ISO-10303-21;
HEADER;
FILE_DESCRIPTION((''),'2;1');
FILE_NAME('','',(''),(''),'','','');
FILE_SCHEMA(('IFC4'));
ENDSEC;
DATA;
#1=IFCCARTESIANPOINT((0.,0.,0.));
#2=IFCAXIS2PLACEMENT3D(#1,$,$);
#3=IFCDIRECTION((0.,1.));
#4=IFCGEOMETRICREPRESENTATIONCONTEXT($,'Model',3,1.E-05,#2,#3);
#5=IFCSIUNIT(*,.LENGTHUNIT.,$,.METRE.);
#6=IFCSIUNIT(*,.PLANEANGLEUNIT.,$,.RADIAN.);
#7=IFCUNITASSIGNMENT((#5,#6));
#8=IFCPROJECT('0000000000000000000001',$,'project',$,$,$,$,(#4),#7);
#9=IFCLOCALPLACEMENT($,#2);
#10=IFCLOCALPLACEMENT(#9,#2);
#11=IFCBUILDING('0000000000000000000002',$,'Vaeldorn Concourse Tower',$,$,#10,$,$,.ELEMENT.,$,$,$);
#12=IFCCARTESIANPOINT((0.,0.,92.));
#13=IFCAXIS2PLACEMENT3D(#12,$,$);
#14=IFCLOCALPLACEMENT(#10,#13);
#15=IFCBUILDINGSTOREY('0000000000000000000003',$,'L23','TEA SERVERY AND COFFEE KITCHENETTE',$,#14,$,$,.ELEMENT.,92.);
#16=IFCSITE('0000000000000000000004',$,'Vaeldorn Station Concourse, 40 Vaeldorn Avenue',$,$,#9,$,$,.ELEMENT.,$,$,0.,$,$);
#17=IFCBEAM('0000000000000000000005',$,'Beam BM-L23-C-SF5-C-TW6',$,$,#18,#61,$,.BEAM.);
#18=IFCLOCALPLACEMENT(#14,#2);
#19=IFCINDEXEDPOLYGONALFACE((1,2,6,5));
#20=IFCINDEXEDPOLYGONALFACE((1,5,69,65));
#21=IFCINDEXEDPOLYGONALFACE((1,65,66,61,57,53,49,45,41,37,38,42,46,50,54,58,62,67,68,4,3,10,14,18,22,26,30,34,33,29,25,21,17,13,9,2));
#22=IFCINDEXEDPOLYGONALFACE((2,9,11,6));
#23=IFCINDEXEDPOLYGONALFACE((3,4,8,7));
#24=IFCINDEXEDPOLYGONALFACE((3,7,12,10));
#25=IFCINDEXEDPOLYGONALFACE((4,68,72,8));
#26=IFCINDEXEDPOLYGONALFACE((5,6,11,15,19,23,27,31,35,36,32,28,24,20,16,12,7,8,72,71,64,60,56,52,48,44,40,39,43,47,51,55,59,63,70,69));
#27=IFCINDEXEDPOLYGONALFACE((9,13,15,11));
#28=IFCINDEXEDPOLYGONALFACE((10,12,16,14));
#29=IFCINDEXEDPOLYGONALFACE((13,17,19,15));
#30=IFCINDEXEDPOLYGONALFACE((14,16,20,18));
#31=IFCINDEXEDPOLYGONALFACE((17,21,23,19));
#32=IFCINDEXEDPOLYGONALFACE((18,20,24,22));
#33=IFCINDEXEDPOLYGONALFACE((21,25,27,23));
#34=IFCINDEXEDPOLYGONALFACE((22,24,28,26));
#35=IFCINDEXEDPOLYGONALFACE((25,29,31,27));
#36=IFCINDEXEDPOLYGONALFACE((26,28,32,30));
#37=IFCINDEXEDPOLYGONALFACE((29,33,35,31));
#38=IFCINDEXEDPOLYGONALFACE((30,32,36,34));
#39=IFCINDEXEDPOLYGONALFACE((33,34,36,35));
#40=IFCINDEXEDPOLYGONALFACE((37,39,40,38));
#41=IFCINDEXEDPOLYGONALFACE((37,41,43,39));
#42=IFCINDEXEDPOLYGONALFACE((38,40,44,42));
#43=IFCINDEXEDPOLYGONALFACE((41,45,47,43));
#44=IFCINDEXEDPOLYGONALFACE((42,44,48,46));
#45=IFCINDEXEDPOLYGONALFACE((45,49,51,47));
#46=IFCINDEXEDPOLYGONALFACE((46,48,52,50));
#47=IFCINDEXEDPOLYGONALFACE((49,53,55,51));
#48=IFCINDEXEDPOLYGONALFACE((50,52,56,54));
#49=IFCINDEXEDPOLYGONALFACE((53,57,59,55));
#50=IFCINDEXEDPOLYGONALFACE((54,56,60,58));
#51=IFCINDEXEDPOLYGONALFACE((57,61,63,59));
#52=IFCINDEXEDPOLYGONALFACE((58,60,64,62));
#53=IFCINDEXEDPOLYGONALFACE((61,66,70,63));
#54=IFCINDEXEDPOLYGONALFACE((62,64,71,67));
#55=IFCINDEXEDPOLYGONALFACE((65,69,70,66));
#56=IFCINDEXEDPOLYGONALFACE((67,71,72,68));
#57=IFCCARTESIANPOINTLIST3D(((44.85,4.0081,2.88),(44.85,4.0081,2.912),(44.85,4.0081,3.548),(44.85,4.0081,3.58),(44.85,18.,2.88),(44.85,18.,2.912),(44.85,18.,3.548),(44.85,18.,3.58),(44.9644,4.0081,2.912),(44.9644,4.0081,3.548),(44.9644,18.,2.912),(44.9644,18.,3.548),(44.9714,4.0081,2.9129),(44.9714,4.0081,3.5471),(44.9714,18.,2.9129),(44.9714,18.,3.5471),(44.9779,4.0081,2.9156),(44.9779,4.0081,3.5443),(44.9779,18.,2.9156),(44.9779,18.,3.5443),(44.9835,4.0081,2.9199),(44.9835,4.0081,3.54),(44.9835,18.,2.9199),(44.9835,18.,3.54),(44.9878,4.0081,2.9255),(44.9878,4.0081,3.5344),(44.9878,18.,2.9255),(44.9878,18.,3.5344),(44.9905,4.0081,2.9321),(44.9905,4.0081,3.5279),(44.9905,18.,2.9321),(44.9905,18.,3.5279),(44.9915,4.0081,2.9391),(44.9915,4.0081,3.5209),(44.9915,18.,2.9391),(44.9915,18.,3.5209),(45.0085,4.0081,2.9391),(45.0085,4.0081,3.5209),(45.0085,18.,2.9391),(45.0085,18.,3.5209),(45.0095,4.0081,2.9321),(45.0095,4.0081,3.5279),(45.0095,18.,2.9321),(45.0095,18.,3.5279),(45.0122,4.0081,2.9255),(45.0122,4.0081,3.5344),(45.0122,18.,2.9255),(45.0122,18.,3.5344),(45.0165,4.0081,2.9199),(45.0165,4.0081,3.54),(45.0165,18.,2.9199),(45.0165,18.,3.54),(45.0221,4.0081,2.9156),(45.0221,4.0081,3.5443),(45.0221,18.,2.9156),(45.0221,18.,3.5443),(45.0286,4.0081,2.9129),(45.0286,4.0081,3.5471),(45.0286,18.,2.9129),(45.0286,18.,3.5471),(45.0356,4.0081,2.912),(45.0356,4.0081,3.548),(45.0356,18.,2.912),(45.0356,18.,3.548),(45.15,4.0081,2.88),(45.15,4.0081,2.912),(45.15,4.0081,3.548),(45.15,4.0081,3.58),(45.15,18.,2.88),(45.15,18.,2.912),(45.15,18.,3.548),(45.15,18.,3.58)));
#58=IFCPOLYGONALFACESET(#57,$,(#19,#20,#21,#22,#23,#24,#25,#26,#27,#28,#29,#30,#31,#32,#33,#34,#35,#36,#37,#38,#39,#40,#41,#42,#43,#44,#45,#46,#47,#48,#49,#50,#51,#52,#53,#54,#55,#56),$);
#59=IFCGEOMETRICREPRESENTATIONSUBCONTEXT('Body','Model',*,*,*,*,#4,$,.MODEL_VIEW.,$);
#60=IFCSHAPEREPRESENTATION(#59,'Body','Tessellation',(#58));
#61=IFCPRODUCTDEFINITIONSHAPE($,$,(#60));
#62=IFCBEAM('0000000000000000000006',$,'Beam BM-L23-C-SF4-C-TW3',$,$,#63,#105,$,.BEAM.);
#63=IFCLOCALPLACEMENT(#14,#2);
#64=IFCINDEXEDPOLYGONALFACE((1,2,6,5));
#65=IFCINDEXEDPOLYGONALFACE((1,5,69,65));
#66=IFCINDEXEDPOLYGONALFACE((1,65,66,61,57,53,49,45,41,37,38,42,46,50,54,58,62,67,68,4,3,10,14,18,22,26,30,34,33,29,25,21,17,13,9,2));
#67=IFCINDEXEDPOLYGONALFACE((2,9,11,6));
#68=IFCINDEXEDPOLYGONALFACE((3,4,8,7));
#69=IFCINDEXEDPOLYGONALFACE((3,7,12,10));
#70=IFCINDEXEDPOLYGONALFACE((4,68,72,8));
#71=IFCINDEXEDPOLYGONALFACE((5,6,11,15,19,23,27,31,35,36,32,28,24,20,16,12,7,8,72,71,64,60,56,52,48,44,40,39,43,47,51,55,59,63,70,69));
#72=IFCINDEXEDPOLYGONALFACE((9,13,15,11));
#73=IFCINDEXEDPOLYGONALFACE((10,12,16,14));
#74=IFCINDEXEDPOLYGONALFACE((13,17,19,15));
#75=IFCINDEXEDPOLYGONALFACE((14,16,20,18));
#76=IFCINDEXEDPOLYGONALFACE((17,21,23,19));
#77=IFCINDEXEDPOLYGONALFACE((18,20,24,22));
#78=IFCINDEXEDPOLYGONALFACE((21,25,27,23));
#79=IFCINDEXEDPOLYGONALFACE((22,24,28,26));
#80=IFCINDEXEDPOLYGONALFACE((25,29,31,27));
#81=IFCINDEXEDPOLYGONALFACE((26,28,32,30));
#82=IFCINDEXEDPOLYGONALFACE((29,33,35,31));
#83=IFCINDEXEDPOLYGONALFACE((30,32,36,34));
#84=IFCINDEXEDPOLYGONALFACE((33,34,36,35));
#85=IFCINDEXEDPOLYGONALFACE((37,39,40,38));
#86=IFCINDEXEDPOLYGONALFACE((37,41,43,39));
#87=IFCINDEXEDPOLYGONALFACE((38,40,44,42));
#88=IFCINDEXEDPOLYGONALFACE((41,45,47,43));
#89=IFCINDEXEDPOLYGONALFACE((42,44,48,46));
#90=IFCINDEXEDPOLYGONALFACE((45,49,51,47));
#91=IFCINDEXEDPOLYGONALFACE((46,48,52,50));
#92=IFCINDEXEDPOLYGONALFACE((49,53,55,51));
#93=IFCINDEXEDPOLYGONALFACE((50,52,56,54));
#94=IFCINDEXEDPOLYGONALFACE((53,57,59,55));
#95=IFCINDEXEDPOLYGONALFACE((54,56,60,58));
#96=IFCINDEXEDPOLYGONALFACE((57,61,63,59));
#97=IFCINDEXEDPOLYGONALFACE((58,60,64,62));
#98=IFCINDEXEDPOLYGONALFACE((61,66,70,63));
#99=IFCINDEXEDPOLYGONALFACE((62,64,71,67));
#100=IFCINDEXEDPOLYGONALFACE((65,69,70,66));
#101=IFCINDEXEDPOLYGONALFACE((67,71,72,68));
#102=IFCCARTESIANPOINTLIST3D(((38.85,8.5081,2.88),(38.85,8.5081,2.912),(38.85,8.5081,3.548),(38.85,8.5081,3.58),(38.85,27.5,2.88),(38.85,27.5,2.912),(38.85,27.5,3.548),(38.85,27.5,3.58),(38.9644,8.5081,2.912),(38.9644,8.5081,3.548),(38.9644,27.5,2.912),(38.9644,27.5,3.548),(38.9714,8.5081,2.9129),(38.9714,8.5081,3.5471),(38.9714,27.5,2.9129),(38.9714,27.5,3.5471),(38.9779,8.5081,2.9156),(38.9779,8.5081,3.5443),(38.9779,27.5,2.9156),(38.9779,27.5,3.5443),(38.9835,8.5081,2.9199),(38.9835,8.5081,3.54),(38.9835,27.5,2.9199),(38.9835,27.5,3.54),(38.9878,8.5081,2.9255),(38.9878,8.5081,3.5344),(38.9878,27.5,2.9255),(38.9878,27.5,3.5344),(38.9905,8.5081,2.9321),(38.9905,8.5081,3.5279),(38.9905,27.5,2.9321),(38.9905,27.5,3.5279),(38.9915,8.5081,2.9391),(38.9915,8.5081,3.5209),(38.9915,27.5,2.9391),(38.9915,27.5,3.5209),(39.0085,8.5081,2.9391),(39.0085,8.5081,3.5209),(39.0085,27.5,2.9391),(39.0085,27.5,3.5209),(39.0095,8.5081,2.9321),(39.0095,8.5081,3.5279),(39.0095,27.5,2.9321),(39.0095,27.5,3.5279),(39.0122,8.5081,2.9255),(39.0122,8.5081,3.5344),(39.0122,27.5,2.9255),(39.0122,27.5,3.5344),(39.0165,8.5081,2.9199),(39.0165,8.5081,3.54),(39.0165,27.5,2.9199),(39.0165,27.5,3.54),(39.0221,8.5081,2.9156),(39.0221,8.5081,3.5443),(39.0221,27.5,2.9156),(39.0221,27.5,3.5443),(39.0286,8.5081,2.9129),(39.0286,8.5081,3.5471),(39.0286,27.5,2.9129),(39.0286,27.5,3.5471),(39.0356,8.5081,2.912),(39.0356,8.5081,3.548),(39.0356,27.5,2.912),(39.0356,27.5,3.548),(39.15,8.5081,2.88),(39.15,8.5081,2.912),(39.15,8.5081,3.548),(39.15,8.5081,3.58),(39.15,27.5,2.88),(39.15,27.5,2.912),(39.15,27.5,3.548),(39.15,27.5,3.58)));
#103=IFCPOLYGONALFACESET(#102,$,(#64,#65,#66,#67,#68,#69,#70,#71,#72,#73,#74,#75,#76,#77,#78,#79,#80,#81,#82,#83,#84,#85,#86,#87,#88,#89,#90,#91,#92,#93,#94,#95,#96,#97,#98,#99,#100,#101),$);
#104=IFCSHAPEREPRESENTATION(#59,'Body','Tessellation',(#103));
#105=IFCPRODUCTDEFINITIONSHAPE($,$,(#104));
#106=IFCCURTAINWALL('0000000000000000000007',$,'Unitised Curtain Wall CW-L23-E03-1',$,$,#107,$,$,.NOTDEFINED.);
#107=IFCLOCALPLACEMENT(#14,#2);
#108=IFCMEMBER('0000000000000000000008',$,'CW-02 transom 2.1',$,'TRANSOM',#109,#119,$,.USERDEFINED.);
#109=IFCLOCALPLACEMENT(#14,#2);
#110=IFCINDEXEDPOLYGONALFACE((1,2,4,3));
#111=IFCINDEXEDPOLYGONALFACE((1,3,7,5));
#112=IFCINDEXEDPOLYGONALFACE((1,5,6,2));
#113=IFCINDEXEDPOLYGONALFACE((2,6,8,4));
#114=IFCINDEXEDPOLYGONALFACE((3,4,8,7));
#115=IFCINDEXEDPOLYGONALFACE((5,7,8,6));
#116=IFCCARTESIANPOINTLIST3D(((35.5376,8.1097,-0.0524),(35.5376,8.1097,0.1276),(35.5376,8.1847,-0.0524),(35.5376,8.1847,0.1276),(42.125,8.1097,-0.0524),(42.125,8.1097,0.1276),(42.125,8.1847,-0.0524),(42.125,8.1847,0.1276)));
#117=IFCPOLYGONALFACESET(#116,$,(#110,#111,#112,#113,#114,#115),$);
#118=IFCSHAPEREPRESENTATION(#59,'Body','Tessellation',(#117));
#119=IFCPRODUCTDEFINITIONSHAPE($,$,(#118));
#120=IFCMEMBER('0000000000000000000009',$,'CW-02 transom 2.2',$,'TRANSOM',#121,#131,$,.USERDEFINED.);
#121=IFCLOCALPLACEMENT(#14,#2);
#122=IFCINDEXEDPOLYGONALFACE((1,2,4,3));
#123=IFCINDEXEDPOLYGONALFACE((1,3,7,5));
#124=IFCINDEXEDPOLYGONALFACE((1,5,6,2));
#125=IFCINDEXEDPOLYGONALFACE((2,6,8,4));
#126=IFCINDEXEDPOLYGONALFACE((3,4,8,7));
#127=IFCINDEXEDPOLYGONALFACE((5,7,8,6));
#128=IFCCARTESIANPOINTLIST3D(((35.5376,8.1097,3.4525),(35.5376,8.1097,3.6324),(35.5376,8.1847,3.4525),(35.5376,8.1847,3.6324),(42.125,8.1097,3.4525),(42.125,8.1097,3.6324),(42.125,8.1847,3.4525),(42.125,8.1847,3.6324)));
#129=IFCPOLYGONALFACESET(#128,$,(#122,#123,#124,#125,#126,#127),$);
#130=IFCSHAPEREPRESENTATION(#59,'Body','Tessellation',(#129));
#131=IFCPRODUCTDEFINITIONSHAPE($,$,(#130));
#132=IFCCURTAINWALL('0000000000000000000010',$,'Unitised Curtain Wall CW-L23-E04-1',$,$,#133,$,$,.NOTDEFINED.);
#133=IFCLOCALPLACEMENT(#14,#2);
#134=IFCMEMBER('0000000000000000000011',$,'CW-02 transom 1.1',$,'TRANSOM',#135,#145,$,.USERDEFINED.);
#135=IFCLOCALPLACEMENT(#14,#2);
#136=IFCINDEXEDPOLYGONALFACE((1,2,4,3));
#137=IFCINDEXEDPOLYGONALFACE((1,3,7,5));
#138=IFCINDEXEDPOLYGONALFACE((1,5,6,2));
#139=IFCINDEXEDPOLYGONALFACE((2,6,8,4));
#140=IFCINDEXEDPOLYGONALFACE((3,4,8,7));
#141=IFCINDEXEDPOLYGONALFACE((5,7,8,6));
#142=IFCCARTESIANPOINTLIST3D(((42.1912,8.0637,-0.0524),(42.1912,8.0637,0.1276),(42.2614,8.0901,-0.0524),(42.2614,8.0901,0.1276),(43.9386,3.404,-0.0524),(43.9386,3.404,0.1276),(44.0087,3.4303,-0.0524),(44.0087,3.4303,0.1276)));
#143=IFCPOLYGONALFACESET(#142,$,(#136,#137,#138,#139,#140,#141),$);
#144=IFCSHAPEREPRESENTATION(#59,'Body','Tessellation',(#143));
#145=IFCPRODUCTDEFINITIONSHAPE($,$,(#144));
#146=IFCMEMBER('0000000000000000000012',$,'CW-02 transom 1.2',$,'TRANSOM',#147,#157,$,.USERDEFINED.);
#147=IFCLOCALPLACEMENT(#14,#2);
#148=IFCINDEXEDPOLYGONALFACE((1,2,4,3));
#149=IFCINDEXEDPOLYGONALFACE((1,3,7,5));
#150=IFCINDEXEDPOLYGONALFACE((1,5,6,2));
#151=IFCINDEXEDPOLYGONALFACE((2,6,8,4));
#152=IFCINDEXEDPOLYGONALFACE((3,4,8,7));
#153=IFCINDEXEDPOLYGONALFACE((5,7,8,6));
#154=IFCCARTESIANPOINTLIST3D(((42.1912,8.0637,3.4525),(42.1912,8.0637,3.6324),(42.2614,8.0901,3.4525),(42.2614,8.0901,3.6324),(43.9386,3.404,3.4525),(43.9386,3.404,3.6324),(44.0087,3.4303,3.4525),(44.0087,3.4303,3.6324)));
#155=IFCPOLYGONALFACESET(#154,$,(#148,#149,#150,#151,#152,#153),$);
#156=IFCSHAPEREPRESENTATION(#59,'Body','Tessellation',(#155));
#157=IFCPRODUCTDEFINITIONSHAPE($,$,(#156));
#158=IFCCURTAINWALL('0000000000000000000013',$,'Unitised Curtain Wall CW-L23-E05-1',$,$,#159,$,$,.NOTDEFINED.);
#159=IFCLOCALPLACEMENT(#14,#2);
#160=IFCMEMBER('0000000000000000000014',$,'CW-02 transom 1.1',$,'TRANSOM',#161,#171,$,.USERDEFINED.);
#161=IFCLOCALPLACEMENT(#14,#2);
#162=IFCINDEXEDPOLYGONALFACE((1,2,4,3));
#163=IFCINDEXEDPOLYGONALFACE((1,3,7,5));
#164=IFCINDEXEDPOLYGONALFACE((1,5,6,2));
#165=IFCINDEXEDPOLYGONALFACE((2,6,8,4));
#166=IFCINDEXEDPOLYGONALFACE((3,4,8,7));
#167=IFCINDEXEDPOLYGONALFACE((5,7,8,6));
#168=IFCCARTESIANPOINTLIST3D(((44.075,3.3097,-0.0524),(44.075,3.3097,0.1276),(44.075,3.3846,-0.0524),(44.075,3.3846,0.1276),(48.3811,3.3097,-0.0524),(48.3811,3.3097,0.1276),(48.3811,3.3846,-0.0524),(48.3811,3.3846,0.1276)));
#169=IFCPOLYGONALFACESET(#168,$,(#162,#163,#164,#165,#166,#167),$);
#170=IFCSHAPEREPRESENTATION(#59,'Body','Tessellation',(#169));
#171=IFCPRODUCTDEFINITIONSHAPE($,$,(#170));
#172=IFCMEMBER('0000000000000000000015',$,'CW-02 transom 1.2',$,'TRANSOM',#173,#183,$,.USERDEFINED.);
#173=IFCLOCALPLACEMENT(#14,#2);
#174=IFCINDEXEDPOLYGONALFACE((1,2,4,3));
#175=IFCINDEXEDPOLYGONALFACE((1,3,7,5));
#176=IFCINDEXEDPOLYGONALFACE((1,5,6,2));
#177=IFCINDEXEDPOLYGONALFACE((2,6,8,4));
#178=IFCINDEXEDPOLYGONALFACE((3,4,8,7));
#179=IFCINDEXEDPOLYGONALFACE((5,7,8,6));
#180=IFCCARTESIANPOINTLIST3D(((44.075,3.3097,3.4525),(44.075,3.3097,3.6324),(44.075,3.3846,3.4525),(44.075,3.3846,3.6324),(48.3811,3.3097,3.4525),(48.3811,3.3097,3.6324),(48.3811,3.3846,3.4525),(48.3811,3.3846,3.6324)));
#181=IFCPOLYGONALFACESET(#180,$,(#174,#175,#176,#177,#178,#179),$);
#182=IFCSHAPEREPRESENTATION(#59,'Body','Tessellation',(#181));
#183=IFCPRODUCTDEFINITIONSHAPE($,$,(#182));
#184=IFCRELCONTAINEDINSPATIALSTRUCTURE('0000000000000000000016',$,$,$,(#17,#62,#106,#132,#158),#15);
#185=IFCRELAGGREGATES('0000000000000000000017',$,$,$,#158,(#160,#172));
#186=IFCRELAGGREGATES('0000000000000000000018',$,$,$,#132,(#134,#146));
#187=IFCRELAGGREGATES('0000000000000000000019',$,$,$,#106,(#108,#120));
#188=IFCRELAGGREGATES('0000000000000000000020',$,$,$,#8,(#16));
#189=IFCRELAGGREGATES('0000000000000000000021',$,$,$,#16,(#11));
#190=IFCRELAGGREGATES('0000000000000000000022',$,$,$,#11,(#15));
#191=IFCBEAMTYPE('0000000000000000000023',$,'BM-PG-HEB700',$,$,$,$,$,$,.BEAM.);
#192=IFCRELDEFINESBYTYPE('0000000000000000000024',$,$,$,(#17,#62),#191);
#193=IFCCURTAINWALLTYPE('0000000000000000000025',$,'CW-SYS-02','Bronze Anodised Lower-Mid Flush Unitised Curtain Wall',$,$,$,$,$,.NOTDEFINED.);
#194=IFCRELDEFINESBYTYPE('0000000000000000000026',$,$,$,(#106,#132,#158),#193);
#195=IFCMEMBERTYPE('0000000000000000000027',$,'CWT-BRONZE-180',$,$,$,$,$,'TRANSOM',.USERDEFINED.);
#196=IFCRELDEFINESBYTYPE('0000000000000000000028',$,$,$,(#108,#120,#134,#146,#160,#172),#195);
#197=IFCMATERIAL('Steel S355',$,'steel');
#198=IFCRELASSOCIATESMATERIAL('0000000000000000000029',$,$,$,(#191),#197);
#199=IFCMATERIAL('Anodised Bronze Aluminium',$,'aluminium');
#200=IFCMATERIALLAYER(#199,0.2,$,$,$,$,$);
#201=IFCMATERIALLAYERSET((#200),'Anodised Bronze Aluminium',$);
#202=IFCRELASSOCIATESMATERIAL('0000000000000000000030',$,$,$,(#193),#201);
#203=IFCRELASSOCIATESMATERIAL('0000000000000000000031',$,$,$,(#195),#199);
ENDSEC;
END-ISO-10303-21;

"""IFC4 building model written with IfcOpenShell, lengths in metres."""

from ifc_helpers import new_model, si_unit, direction, frame, origin, origin_2d, place, context, subcontext, project, spatial, rectangle, i_section, extrude, source, transform, mapped, material, layer, layer_set, material_profile, profile_set, type_object, element, aggregate, save


model = new_model("IFC4")

# Units and contexts
model_context = context("Model", 3, precision=1e-05, world=origin(), true_north=direction((0.0, 1.0)))
body_context = subcontext(model_context, "Body", "Model", "MODEL_VIEW")
ifc_project = project(units=[si_unit("LENGTHUNIT", "METRE"), si_unit("PLANEANGLEUNIT", "RADIAN")], contexts=[model_context])

# Site, building, storey
site_placement = place(None, origin())
site = spatial("IfcSite", under=ifc_project, at=site_placement, Name="Vaeldorn Station Concourse, 40 Vaeldorn Avenue", CompositionType="ELEMENT", RefElevation=0.0)
building_placement = place(site_placement, origin())
building = spatial("IfcBuilding", under=site, at=building_placement, Name="Vaeldorn Concourse Tower", CompositionType="ELEMENT")
storey_placement = place(building_placement, frame((0.0, 0.0, 92.0)))
storey = spatial("IfcBuildingStorey", under=building, at=storey_placement, Name="L23", Description="TEA SERVERY AND COFFEE KITCHENETTE", CompositionType="ELEMENT", Elevation=92.0)

# Beams
ifc_material_1 = material(Name="Steel S355", Category="steel")
ifc_material_profile_1 = material_profile(ifc_material_1, i_section(OverallWidth=0.3, OverallDepth=0.7, WebThickness=0.0171, FlangeThickness=0.032, FilletRadius=0.0271, at=origin_2d()), Name="HEB 700")
ifc_profile_set_1 = profile_set([ifc_material_profile_1], Name="Steel S355")
beam_type_1 = type_object("IfcBeamType", Name="BM-PG-HEB700", PredefinedType="BEAM", material=ifc_profile_set_1)
shared_shape_1 = source(origin(), body_context, "Body", "SweptSolid", [
    extrude(i_section(OverallWidth=0.3, OverallDepth=0.7, WebThickness=0.0171, FlangeThickness=0.032, FilletRadius=0.0271, at=origin_2d()), origin(), (0.0, 0.0, 1.0), 13.9919),
])
beam_1_placement = place(storey_placement, frame((45.0, 4.0081, 3.23), z_axis=(0.0, 1.0, 0.0), x_axis=(-1.0, 0.0, 0.0)))
element("IfcBeam", 1, at=beam_1_placement, inside=storey, type_object=beam_type_1, Name="Beam BM-L23-C-SF5-C-TW6", PredefinedType="BEAM", context=body_context, shape_type="MappedRepresentation", body=[
    mapped(shared_shape_1, transform((0.0, 0.0, 0.0), scale=1.0)),
])
shared_shape_2 = source(origin(), body_context, "Body", "SweptSolid", [
    extrude(i_section(OverallWidth=0.3, OverallDepth=0.7, WebThickness=0.0171, FlangeThickness=0.032, FilletRadius=0.0271, at=origin_2d()), origin(), (0.0, 0.0, 1.0), 18.9919),
])
beam_2_placement = place(storey_placement, frame((39.0, 8.5081, 3.23), z_axis=(0.0, 1.0, 0.0), x_axis=(-1.0, 0.0, 0.0)))
element("IfcBeam", 2, at=beam_2_placement, inside=storey, type_object=beam_type_1, Name="Beam BM-L23-C-SF4-C-TW3", PredefinedType="BEAM", context=body_context, shape_type="MappedRepresentation", body=[
    mapped(shared_shape_2, transform((0.0, 0.0, 0.0), scale=1.0)),
])

# Curtain walls, members
ifc_material_2 = material(Name="Anodised Bronze Aluminium", Category="aluminium")
ifc_layer_1 = layer(ifc_material_2, 0.2)
ifc_layer_set_1 = layer_set([ifc_layer_1], Name="Anodised Bronze Aluminium")
curtain_wall_type = type_object("IfcCurtainWallType", Name="CW-SYS-02", Description="Bronze Anodised Lower-Mid Flush Unitised Curtain Wall", PredefinedType="NOTDEFINED", material=ifc_layer_set_1)
curtain_wall_1_placement = place(storey_placement, origin())
curtain_wall_1 = element("IfcCurtainWall", 3, at=curtain_wall_1_placement, inside=storey, type_object=curtain_wall_type, Name="Unitised Curtain Wall CW-L23-E03-1", PredefinedType="NOTDEFINED")
ifc_material_profile_2 = material_profile(ifc_material_2, rectangle(XDim=0.075, YDim=0.1799, at=origin_2d()), Name="CWT 75x180")
ifc_profile_set_2 = profile_set([ifc_material_profile_2], Name="Anodised Bronze Aluminium")
member_type_1 = type_object("IfcMemberType", Name="CWT-BRONZE-180", ElementType="TRANSOM", PredefinedType="USERDEFINED", material=ifc_profile_set_2)
shared_shape_3 = source(origin(), body_context, "Body", "SweptSolid", [
    extrude(rectangle(XDim=0.075, YDim=0.1799, at=origin_2d()), origin(), (0.0, 0.0, 1.0), 6.5874),
])
member_1_placement = place(storey_placement, frame((35.5376, 8.1472, 0.0376), z_axis=(1.0, 0.0, 0.0), x_axis=(0.0, 1.0, 0.0)))
member_1 = element("IfcMember", 4, at=member_1_placement, type_object=member_type_1, Name="CW-02 transom 2.1", ObjectType="TRANSOM", PredefinedType="USERDEFINED", context=body_context, shape_type="MappedRepresentation", body=[
    mapped(shared_shape_3, transform((0.0, 0.0, 0.0), scale=1.0)),
])
member_2_placement = place(storey_placement, frame((35.5376, 8.1472, 3.5425), z_axis=(1.0, 0.0, 0.0), x_axis=(0.0, 1.0, 0.0)))
member_2 = element("IfcMember", 5, at=member_2_placement, type_object=member_type_1, Name="CW-02 transom 2.2", ObjectType="TRANSOM", PredefinedType="USERDEFINED", context=body_context, shape_type="MappedRepresentation", body=[
    mapped(shared_shape_3, transform((0.0, 0.0, 0.0), scale=1.0)),
])
curtain_wall_2_placement = place(storey_placement, origin())
curtain_wall_2 = element("IfcCurtainWall", 6, at=curtain_wall_2_placement, inside=storey, type_object=curtain_wall_type, Name="Unitised Curtain Wall CW-L23-E04-1", PredefinedType="NOTDEFINED")
shared_shape_4 = source(origin(), body_context, "Body", "SweptSolid", [
    extrude(rectangle(XDim=0.075, YDim=0.1799, at=origin_2d()), origin(), (0.0, 0.0, 1.0), 4.9766),
])
member_3_placement = place(storey_placement, frame((42.2263, 8.0769, 0.0376), z_axis=(0.351113, -0.936333, 0.0), x_axis=(0.936333, 0.351113, 0.0)))
member_3 = element("IfcMember", 7, at=member_3_placement, type_object=member_type_1, Name="CW-02 transom 1.1", ObjectType="TRANSOM", PredefinedType="USERDEFINED", context=body_context, shape_type="MappedRepresentation", body=[
    mapped(shared_shape_4, transform((0.0, 0.0, 0.0), scale=1.0)),
])
member_4_placement = place(storey_placement, frame((42.2263, 8.0769, 3.5425), z_axis=(0.351113, -0.936333, 0.0), x_axis=(0.936333, 0.351113, 0.0)))
member_4 = element("IfcMember", 8, at=member_4_placement, type_object=member_type_1, Name="CW-02 transom 1.2", ObjectType="TRANSOM", PredefinedType="USERDEFINED", context=body_context, shape_type="MappedRepresentation", body=[
    mapped(shared_shape_4, transform((0.0, 0.0, 0.0), scale=1.0)),
])
curtain_wall_3_placement = place(storey_placement, origin())
curtain_wall_3 = element("IfcCurtainWall", 9, at=curtain_wall_3_placement, inside=storey, type_object=curtain_wall_type, Name="Unitised Curtain Wall CW-L23-E05-1", PredefinedType="NOTDEFINED")
shared_shape_5 = source(origin(), body_context, "Body", "SweptSolid", [
    extrude(rectangle(XDim=0.075, YDim=0.1799, at=origin_2d()), origin(), (0.0, 0.0, 1.0), 4.3062),
])
member_5_placement = place(storey_placement, frame((44.075, 3.3472, 0.0376), z_axis=(1.0, 0.0, 0.0), x_axis=(0.0, 1.0, 0.0)))
member_5 = element("IfcMember", 10, at=member_5_placement, type_object=member_type_1, Name="CW-02 transom 1.1", ObjectType="TRANSOM", PredefinedType="USERDEFINED", context=body_context, shape_type="MappedRepresentation", body=[
    mapped(shared_shape_5, transform((0.0, 0.0, 0.0), scale=1.0)),
])
member_6_placement = place(storey_placement, frame((44.075, 3.3472, 3.5425), z_axis=(1.0, 0.0, 0.0), x_axis=(0.0, 1.0, 0.0)))
member_6 = element("IfcMember", 11, at=member_6_placement, type_object=member_type_1, Name="CW-02 transom 1.2", ObjectType="TRANSOM", PredefinedType="USERDEFINED", context=body_context, shape_type="MappedRepresentation", body=[
    mapped(shared_shape_5, transform((0.0, 0.0, 0.0), scale=1.0)),
])

aggregate(curtain_wall_3, [member_5, member_6])

aggregate(curtain_wall_2, [member_3, member_4])
aggregate(curtain_wall_1, [member_1, member_2])

save(model, "model.ifc")
